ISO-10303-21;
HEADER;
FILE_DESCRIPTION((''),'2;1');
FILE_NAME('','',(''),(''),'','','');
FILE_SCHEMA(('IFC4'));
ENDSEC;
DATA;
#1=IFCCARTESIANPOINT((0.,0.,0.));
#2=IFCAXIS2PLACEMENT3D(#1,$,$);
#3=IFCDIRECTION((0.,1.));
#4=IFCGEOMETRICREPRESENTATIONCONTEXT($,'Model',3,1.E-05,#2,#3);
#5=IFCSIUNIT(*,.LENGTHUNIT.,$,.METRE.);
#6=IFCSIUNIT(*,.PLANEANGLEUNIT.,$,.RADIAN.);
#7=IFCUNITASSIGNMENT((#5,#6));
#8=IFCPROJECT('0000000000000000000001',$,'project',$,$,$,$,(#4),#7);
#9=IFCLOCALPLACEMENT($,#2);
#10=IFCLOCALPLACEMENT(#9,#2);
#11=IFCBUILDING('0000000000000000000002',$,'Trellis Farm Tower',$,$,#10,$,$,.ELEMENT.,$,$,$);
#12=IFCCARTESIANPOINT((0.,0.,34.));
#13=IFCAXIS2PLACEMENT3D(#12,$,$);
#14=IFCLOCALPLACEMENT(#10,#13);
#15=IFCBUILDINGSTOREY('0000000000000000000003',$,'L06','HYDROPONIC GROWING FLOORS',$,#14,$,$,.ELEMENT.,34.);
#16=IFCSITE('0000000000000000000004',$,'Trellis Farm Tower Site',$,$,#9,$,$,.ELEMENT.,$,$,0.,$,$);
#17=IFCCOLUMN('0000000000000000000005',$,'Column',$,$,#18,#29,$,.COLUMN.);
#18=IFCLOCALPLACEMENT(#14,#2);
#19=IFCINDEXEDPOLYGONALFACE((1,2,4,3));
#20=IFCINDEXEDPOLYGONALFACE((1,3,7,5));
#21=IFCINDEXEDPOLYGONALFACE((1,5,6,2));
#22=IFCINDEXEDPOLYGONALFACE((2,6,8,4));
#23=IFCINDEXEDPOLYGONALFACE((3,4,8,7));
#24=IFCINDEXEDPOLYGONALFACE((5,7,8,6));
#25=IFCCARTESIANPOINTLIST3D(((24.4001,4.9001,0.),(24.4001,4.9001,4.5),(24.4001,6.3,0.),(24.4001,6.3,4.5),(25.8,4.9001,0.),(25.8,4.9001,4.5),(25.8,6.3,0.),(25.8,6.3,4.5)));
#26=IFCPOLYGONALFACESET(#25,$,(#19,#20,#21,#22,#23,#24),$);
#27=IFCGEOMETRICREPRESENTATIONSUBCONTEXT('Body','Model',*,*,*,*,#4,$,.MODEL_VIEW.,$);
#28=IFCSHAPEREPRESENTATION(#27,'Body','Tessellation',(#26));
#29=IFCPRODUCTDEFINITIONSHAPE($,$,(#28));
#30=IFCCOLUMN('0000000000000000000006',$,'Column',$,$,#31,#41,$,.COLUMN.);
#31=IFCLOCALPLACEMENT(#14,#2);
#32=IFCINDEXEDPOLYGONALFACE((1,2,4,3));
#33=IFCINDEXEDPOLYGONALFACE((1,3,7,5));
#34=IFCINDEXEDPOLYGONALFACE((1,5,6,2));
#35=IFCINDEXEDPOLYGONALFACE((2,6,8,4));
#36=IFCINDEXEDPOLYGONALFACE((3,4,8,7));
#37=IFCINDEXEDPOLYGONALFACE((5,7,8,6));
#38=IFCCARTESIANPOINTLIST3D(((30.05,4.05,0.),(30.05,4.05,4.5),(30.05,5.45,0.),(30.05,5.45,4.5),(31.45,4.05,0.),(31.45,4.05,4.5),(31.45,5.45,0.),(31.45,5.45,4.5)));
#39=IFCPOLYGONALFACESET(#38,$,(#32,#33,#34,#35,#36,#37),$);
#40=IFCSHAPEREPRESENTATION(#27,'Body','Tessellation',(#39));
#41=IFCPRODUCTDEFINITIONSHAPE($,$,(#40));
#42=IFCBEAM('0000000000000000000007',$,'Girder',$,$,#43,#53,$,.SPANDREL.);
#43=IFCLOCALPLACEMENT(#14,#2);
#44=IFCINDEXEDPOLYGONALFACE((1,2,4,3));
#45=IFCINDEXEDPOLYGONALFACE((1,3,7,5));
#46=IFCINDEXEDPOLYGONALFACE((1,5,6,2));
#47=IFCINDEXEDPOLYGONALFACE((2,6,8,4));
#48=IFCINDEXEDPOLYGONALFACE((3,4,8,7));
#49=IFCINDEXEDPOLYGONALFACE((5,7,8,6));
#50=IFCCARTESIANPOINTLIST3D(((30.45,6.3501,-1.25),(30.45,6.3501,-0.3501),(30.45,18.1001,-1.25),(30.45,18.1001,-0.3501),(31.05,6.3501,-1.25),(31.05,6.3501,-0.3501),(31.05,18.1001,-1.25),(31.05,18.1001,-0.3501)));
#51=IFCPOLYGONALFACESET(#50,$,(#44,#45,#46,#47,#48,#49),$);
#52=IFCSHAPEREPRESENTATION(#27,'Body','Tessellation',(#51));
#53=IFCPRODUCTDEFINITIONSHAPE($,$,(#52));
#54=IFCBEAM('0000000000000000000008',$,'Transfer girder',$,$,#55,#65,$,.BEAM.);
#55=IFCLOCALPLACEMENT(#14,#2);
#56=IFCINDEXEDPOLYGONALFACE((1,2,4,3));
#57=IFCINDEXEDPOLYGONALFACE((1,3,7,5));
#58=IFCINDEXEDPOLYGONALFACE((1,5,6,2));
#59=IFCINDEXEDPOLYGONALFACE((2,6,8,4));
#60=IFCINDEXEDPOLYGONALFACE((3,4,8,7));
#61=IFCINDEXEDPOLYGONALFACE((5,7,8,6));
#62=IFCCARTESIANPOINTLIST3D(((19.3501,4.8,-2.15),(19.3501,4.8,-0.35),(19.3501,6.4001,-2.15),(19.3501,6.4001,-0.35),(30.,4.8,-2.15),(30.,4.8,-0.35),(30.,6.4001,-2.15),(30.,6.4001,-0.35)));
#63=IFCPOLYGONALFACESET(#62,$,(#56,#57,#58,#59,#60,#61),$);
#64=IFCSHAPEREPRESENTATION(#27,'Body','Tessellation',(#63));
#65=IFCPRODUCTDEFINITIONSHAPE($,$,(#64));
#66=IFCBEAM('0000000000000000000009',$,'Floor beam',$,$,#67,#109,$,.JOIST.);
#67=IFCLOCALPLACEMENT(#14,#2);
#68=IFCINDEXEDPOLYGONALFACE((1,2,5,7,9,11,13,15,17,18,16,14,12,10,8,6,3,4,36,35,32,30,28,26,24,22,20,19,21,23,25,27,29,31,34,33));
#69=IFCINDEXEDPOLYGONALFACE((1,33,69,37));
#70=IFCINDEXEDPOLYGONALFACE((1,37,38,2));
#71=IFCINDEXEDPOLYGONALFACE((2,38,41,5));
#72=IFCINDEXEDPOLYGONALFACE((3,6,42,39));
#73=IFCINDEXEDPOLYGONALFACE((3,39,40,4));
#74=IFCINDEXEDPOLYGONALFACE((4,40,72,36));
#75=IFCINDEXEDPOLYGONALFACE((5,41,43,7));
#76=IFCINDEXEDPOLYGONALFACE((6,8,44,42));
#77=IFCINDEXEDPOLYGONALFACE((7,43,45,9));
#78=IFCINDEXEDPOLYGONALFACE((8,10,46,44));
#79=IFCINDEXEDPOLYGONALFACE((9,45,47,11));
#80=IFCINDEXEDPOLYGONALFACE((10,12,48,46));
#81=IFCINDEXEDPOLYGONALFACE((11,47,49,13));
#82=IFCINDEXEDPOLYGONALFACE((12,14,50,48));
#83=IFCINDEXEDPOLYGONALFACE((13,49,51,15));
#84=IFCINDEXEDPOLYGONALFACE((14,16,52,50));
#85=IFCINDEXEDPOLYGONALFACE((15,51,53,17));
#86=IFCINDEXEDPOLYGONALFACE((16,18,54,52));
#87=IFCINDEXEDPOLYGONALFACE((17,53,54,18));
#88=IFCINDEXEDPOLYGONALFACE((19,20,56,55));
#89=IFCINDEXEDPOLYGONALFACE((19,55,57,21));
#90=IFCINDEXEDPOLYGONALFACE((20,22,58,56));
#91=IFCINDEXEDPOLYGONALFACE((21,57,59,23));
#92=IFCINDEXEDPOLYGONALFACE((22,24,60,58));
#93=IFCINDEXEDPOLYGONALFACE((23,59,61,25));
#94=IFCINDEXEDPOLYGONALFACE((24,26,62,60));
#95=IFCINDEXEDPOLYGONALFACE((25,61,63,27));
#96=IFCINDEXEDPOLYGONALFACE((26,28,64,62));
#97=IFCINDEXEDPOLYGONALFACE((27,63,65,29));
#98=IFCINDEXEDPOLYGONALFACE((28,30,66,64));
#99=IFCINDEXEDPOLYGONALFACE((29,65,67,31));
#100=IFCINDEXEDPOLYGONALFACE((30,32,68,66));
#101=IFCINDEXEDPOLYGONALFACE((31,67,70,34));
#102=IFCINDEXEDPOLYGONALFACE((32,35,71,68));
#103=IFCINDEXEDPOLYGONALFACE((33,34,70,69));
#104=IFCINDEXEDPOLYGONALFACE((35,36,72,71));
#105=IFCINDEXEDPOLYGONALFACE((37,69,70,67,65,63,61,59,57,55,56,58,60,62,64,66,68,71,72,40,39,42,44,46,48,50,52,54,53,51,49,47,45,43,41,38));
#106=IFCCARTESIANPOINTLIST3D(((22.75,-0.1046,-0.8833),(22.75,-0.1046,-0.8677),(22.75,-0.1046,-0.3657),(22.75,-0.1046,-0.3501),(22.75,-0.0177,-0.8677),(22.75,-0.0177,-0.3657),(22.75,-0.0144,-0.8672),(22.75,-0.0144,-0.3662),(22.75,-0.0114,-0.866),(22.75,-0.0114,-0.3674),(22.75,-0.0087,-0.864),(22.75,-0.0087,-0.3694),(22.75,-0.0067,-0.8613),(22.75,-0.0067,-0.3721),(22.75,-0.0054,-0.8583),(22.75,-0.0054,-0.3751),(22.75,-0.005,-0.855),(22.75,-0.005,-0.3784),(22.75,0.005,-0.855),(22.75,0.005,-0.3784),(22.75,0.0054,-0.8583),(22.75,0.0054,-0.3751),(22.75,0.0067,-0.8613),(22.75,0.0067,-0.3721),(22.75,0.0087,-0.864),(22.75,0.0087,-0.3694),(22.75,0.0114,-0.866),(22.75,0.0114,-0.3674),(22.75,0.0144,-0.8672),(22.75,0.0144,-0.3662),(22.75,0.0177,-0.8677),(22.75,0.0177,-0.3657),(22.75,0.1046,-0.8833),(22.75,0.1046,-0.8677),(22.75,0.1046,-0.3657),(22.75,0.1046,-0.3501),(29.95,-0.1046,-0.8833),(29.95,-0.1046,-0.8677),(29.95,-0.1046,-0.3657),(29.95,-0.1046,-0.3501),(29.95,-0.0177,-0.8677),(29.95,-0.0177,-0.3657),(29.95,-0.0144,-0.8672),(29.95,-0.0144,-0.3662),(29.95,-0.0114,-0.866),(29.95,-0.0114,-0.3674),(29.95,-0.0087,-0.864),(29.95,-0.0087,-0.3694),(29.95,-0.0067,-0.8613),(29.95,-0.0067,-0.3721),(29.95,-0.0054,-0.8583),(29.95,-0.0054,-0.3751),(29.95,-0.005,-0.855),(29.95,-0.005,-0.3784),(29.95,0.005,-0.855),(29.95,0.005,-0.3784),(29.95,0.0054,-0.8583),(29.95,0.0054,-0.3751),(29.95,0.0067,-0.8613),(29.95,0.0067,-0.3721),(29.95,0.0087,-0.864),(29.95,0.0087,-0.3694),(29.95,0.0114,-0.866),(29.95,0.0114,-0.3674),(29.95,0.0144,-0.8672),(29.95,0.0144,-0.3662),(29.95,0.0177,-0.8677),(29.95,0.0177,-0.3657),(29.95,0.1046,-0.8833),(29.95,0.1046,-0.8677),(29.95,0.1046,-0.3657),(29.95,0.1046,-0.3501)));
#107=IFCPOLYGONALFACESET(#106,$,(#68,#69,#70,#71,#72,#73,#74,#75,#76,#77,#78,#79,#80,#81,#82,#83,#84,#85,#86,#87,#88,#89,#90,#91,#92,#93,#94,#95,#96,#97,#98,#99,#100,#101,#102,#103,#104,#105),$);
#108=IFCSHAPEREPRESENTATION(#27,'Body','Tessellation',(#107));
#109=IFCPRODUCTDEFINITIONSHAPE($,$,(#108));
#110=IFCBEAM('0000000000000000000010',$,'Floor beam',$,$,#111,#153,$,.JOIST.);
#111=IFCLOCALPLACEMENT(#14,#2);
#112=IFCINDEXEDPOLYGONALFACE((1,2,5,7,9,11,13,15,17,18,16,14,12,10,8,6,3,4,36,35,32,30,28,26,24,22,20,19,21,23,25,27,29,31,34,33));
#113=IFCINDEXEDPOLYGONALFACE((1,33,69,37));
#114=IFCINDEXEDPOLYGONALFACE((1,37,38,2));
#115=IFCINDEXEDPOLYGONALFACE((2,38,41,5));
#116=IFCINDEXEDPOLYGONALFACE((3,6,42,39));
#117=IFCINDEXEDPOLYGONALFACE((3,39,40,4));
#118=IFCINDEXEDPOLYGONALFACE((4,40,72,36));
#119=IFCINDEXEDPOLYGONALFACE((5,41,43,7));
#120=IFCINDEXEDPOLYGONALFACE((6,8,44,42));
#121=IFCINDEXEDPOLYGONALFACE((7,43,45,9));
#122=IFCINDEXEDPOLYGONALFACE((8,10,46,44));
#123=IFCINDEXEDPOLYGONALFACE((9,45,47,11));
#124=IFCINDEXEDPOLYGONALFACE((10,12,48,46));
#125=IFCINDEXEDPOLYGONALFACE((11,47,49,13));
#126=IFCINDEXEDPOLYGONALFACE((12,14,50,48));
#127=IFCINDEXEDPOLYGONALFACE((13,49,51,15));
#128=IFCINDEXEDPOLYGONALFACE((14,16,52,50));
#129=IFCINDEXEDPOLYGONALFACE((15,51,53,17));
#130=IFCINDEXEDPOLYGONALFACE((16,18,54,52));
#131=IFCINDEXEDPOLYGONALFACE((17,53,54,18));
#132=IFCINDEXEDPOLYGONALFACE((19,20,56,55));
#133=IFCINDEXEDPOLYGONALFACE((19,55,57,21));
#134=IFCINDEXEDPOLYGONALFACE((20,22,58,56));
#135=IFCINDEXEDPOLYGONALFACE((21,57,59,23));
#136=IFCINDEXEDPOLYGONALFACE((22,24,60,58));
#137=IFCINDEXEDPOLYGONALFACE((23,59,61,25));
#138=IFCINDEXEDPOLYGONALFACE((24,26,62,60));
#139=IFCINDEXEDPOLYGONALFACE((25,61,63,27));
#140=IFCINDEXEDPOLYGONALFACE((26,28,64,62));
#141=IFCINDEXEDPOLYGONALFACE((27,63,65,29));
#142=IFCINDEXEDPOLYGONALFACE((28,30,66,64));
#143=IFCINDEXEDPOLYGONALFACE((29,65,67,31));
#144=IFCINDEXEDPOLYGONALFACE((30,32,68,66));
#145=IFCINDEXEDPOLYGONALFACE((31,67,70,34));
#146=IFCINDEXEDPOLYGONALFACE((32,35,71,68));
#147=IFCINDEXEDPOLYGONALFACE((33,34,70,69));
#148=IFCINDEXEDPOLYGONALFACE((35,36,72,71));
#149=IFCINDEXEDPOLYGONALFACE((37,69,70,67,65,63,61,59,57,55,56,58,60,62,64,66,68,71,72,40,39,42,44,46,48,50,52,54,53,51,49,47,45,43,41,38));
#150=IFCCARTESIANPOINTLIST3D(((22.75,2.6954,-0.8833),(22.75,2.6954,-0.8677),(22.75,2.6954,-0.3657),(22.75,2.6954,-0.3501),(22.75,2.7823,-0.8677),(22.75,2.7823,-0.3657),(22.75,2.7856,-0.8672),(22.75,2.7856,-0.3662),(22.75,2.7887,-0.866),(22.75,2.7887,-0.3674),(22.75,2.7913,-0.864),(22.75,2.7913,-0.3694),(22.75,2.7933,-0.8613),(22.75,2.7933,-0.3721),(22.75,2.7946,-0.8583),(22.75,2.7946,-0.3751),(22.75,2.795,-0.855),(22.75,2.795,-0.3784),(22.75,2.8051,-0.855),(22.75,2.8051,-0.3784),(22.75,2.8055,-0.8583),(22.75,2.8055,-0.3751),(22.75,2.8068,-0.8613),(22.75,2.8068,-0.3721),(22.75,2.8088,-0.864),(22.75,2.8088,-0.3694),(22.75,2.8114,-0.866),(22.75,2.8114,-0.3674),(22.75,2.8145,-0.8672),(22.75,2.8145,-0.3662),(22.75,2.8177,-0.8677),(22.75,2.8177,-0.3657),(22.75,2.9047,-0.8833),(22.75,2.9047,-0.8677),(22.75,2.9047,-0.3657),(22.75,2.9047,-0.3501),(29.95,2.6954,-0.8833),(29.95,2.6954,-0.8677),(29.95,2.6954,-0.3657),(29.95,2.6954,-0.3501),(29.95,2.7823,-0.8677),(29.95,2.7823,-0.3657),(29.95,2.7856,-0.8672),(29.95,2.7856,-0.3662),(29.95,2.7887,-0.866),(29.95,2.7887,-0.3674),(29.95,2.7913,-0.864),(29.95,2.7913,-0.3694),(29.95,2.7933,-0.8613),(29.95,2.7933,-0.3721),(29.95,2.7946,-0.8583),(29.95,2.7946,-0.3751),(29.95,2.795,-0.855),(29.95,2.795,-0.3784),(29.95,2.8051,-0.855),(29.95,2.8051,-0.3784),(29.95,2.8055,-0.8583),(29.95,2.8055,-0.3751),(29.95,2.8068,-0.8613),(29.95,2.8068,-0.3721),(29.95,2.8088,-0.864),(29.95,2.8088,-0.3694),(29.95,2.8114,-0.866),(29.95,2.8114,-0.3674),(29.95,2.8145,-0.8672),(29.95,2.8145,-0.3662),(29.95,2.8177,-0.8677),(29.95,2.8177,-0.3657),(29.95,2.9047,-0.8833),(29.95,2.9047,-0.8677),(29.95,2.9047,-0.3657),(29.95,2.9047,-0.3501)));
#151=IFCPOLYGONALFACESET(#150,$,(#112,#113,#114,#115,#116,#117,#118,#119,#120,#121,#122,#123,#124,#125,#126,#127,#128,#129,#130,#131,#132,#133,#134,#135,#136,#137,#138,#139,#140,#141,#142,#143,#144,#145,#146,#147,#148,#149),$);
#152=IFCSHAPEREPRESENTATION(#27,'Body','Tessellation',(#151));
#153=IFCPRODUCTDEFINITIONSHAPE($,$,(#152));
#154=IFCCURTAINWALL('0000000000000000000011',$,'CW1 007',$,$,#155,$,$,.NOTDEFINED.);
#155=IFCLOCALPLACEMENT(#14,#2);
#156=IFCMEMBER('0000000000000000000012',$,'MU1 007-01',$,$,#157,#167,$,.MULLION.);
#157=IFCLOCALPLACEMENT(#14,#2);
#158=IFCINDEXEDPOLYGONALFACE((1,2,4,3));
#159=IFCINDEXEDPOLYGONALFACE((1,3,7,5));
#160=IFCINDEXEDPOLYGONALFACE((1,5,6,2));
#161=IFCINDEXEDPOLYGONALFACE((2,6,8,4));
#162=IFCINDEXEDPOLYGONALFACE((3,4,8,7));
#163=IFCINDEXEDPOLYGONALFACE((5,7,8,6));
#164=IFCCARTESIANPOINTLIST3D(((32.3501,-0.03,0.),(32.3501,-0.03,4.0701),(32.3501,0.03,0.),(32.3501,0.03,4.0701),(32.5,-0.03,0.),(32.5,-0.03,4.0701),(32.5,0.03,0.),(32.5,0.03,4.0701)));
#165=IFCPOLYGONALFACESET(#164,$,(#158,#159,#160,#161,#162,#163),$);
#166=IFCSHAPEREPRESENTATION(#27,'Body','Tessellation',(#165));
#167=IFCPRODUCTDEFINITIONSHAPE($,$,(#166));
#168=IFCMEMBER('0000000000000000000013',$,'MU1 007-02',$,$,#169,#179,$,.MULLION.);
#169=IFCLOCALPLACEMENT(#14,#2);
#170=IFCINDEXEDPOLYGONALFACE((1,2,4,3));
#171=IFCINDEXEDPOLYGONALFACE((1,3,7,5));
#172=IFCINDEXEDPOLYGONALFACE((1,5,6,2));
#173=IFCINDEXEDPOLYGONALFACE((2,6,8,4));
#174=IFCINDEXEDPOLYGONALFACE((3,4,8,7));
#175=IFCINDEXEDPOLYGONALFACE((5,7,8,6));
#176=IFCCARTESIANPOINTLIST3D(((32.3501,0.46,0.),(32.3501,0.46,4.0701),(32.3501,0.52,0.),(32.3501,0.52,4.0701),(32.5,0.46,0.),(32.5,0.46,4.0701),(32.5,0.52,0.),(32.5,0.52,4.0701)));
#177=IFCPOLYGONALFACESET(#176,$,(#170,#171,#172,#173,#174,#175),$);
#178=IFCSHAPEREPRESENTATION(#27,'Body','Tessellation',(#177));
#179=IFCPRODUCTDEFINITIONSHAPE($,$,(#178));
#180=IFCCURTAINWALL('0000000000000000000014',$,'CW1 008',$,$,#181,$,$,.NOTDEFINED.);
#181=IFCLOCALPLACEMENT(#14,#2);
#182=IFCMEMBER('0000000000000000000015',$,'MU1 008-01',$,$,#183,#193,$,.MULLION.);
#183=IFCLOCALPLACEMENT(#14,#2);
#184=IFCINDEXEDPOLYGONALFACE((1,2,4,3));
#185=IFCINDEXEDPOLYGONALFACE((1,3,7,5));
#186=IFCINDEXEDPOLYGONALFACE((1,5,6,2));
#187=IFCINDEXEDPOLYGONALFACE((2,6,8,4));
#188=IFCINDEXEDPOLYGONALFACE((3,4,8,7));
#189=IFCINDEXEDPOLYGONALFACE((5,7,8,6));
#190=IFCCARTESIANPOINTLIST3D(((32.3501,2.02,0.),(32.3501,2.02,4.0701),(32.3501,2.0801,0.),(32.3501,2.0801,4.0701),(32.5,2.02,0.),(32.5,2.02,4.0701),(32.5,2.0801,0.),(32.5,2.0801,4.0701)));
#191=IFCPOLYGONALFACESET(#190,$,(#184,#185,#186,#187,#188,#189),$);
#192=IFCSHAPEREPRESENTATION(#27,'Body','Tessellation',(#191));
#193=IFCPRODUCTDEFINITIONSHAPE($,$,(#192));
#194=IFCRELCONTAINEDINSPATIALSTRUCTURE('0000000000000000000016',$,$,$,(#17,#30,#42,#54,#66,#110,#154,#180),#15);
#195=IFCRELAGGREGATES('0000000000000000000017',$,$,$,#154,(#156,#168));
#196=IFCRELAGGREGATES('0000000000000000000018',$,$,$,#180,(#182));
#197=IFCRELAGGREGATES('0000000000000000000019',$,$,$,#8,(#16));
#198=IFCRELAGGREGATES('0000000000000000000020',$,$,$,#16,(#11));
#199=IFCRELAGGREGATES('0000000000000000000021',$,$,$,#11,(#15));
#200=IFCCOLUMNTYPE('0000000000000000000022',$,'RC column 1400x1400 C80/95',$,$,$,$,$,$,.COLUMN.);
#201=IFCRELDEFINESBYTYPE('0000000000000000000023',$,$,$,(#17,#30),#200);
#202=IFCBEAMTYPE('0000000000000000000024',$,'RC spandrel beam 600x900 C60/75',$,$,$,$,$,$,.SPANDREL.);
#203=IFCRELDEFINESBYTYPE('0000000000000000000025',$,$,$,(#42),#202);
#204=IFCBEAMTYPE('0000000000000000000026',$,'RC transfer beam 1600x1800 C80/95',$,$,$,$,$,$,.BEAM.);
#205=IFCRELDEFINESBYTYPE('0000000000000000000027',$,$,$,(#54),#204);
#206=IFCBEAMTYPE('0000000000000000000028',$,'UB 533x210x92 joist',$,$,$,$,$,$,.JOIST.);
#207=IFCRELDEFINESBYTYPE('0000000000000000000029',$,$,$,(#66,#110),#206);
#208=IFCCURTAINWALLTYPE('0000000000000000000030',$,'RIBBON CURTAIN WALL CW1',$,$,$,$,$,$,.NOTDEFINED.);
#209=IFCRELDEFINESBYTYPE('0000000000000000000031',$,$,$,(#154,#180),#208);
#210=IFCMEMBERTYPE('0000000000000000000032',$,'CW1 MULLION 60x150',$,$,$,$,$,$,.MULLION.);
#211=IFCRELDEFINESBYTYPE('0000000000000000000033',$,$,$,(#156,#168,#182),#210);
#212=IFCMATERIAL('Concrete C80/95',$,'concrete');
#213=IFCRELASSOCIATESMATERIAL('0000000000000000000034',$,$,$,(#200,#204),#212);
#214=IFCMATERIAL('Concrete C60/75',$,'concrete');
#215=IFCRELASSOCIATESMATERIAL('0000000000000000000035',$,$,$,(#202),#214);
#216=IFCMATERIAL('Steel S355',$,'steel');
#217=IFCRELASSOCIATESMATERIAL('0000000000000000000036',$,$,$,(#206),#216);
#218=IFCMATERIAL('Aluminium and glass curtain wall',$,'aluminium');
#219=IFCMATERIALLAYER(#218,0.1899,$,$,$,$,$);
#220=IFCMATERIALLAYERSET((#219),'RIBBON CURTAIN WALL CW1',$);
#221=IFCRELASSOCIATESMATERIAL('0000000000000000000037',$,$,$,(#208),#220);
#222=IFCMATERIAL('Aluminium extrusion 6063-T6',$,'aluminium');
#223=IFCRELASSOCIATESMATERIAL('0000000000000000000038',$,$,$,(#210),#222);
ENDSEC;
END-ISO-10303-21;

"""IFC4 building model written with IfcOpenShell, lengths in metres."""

from ifc_helpers import new_model, si_unit, direction, frame, origin, origin_2d, place, context, subcontext, project, spatial, rectangle, i_section, extrude, source, transform, mapped, material, layer, layer_set, material_profile, profile_set, type_object, element, aggregate, save


model = new_model("IFC4")

# Units and contexts
model_context = context("Model", 3, precision=1e-05, world=origin(), true_north=direction((0.0, 1.0)))
body_context = subcontext(model_context, "Body", "Model", "MODEL_VIEW")
ifc_project = project(units=[si_unit("LENGTHUNIT", "METRE"), si_unit("PLANEANGLEUNIT", "RADIAN")], contexts=[model_context])

# Site, building, storey
site_placement = place(None, origin())
site = spatial("IfcSite", under=ifc_project, at=site_placement, Name="Trellis Farm Tower Site", CompositionType="ELEMENT", RefElevation=0.0)
building_placement = place(site_placement, origin())
building = spatial("IfcBuilding", under=site, at=building_placement, Name="Trellis Farm Tower", CompositionType="ELEMENT")
storey_placement = place(building_placement, frame((0.0, 0.0, 34.0)))
storey = spatial("IfcBuildingStorey", under=building, at=storey_placement, Name="L06", Description="HYDROPONIC GROWING FLOORS", CompositionType="ELEMENT", Elevation=34.0)

# Columns
ifc_material_1 = material(Name="Concrete C80/95", Category="concrete")
ifc_material_profile_1 = material_profile(ifc_material_1, rectangle(XDim=1.3999, YDim=1.3999, at=origin_2d()), Name="RC column 1400x1400 C80/95")
ifc_profile_set_1 = profile_set([ifc_material_profile_1], Name="Concrete C80/95")
column_type = type_object("IfcColumnType", Name="RC column 1400x1400 C80/95", PredefinedType="COLUMN", material=ifc_profile_set_1)
shared_shape_1 = source(origin(), body_context, "Body", "SweptSolid", [
    extrude(rectangle(XDim=1.3999, YDim=1.3999, at=origin_2d()), origin(), (0.0, 0.0, 1.0), 4.5),
])
for number, where, z_axis, x_axis, name in (
    (1, (25.1001, 5.6001, 0.0), (0.0, 0.0, 1.0), (1.0, 0.0, 0.0), "Column"),
    (2, (30.75, 4.75, 0.0), (0.0, 0.0, 1.0), (1.0, 0.0, 0.0), "Column"),
):
    element("IfcColumn", number, at=place(storey_placement, frame(where, z_axis=z_axis, x_axis=x_axis)), inside=storey, type_object=column_type, Name=name, PredefinedType="COLUMN", context=body_context, shape_type="MappedRepresentation", body=[
        mapped(shared_shape_1, transform((0.0, 0.0, 0.0))),
    ])

# Beams
ifc_material_2 = material(Name="Concrete C60/75", Category="concrete")
ifc_material_profile_2 = material_profile(ifc_material_2, rectangle(XDim=0.6001, YDim=0.8999, at=origin_2d()), Name="RC spandrel beam 600x900 C60/75")
ifc_profile_set_2 = profile_set([ifc_material_profile_2], Name="Concrete C60/75")
beam_type_1 = type_object("IfcBeamType", Name="RC spandrel beam 600x900 C60/75", PredefinedType="SPANDREL", material=ifc_profile_set_2)
shared_shape_2 = source(origin(), body_context, "Body", "SweptSolid", [
    extrude(rectangle(XDim=0.6001, YDim=0.8999, at=origin_2d()), origin(), (0.0, 0.0, 1.0), 11.75),
])
beam_1_placement = place(storey_placement, frame((30.75, 6.3501, -0.8), z_axis=(0.0, 1.0, 0.0), x_axis=(-1.0, 0.0, 0.0)))
element("IfcBeam", 3, at=beam_1_placement, inside=storey, type_object=beam_type_1, Name="Girder", PredefinedType="SPANDREL", context=body_context, shape_type="MappedRepresentation", body=[
    mapped(shared_shape_2, transform((0.0, 0.0, 0.0))),
])
ifc_material_profile_3 = material_profile(ifc_material_1, rectangle(XDim=1.6001, YDim=1.8, at=origin_2d()), Name="RC transfer beam 1600x1800 C80/95")
ifc_profile_set_3 = profile_set([ifc_material_profile_3], Name="Concrete C80/95")
beam_type_2 = type_object("IfcBeamType", Name="RC transfer beam 1600x1800 C80/95", PredefinedType="BEAM", material=ifc_profile_set_3)
shared_shape_3 = source(origin(), body_context, "Body", "SweptSolid", [
    extrude(rectangle(XDim=1.6001, YDim=1.8, at=origin_2d()), origin(), (0.0, 0.0, 1.0), 10.6499),
])
beam_2_placement = place(storey_placement, frame((19.3501, 5.6001, -1.25), z_axis=(1.0, 0.0, 0.0), x_axis=(0.0, 1.0, 0.0)))
element("IfcBeam", 4, at=beam_2_placement, inside=storey, type_object=beam_type_2, Name="Transfer girder", PredefinedType="BEAM", context=body_context, shape_type="MappedRepresentation", body=[
    mapped(shared_shape_3, transform((0.0, 0.0, 0.0))),
])
ifc_material_3 = material(Name="Steel S355", Category="steel")
ifc_material_profile_4 = material_profile(ifc_material_3, i_section(OverallWidth=0.2092, OverallDepth=0.5332, WebThickness=0.01, FlangeThickness=0.0156, FilletRadius=0.0127, at=origin_2d()), Name="UB 533x210x92")
ifc_profile_set_4 = profile_set([ifc_material_profile_4], Name="Steel S355")
beam_type_3 = type_object("IfcBeamType", Name="UB 533x210x92 joist", PredefinedType="JOIST", material=ifc_profile_set_4)
shared_shape_4 = source(origin(), body_context, "Body", "SweptSolid", [
    extrude(i_section(OverallWidth=0.2092, OverallDepth=0.5332, WebThickness=0.01, FlangeThickness=0.0156, FilletRadius=0.0127, at=origin_2d()), origin(), (0.0, 0.0, 1.0), 7.2),
])
for number, where, z_axis, x_axis, name in (
    (5, (22.75, 0.0, -0.6167), (1.0, 0.0, 0.0), (0.0, 1.0, 0.0), "Floor beam"),
    (6, (22.75, 2.8, -0.6167), (1.0, 0.0, 0.0), (0.0, 1.0, 0.0), "Floor beam"),
):
    element("IfcBeam", number, at=place(storey_placement, frame(where, z_axis=z_axis, x_axis=x_axis)), inside=storey, type_object=beam_type_3, Name=name, PredefinedType="JOIST", context=body_context, shape_type="MappedRepresentation", body=[
        mapped(shared_shape_4, transform((0.0, 0.0, 0.0))),
    ])

# Curtain walls, members
ifc_material_4 = material(Name="Aluminium and glass curtain wall", Category="aluminium")
ifc_layer_1 = layer(ifc_material_4, 0.1899)
ifc_layer_set_1 = layer_set([ifc_layer_1], Name="RIBBON CURTAIN WALL CW1")
curtain_wall_type = type_object("IfcCurtainWallType", Name="RIBBON CURTAIN WALL CW1", PredefinedType="NOTDEFINED", material=ifc_layer_set_1)
placement = place(storey_placement, origin())
curtain_wall_1 = element("IfcCurtainWall", 7, at=placement, inside=storey, type_object=curtain_wall_type, Name="CW1 007", PredefinedType="NOTDEFINED")
ifc_material_5 = material(Name="Aluminium extrusion 6063-T6", Category="aluminium")
ifc_material_profile_5 = material_profile(ifc_material_5, rectangle(XDim=0.0601, YDim=0.1499, at=origin_2d()), Name="MULLION 60x150")
ifc_profile_set_5 = profile_set([ifc_material_profile_5], Name="Aluminium extrusion 6063-T6")
member_type = type_object("IfcMemberType", Name="CW1 MULLION 60x150", PredefinedType="MULLION", material=ifc_profile_set_5)
shared_shape_5 = source(origin(), body_context, "Body", "SweptSolid", [
    extrude(rectangle(XDim=0.0601, YDim=0.1499, at=origin_2d()), origin(), (0.0, 0.0, 1.0), 4.0701),
])
member_1_placement = place(storey_placement, frame((32.425, 0.0, 0.0), z_axis=(0.0, 0.0, 1.0), x_axis=(0.0, 1.0, 0.0)))
member_1 = element("IfcMember", 8, at=member_1_placement, type_object=member_type, Name="MU1 007-01", PredefinedType="MULLION", context=body_context, shape_type="MappedRepresentation", body=[
    mapped(shared_shape_5, transform((0.0, 0.0, 0.0))),
])
member_2_placement = place(storey_placement, frame((32.425, 0.49, 0.0), z_axis=(0.0, 0.0, 1.0), x_axis=(0.0, 1.0, 0.0)))
member_2 = element("IfcMember", 9, at=member_2_placement, type_object=member_type, Name="MU1 007-02", PredefinedType="MULLION", context=body_context, shape_type="MappedRepresentation", body=[
    mapped(shared_shape_5, transform((0.0, 0.0, 0.0))),
])
aggregate(curtain_wall_1, [member_1, member_2])
curtain_wall_2 = element("IfcCurtainWall", 10, at=placement, inside=storey, type_object=curtain_wall_type, Name="CW1 008", PredefinedType="NOTDEFINED")
member_3_placement = place(storey_placement, frame((32.425, 2.05, 0.0), z_axis=(0.0, 0.0, 1.0), x_axis=(0.0, 1.0, 0.0)))
member_3 = element("IfcMember", 11, at=member_3_placement, type_object=member_type, Name="MU1 008-01", PredefinedType="MULLION", context=body_context, shape_type="MappedRepresentation", body=[
    mapped(shared_shape_5, transform((0.0, 0.0, 0.0))),
])
aggregate(curtain_wall_2, [member_3])

save(model, "model.ifc")
